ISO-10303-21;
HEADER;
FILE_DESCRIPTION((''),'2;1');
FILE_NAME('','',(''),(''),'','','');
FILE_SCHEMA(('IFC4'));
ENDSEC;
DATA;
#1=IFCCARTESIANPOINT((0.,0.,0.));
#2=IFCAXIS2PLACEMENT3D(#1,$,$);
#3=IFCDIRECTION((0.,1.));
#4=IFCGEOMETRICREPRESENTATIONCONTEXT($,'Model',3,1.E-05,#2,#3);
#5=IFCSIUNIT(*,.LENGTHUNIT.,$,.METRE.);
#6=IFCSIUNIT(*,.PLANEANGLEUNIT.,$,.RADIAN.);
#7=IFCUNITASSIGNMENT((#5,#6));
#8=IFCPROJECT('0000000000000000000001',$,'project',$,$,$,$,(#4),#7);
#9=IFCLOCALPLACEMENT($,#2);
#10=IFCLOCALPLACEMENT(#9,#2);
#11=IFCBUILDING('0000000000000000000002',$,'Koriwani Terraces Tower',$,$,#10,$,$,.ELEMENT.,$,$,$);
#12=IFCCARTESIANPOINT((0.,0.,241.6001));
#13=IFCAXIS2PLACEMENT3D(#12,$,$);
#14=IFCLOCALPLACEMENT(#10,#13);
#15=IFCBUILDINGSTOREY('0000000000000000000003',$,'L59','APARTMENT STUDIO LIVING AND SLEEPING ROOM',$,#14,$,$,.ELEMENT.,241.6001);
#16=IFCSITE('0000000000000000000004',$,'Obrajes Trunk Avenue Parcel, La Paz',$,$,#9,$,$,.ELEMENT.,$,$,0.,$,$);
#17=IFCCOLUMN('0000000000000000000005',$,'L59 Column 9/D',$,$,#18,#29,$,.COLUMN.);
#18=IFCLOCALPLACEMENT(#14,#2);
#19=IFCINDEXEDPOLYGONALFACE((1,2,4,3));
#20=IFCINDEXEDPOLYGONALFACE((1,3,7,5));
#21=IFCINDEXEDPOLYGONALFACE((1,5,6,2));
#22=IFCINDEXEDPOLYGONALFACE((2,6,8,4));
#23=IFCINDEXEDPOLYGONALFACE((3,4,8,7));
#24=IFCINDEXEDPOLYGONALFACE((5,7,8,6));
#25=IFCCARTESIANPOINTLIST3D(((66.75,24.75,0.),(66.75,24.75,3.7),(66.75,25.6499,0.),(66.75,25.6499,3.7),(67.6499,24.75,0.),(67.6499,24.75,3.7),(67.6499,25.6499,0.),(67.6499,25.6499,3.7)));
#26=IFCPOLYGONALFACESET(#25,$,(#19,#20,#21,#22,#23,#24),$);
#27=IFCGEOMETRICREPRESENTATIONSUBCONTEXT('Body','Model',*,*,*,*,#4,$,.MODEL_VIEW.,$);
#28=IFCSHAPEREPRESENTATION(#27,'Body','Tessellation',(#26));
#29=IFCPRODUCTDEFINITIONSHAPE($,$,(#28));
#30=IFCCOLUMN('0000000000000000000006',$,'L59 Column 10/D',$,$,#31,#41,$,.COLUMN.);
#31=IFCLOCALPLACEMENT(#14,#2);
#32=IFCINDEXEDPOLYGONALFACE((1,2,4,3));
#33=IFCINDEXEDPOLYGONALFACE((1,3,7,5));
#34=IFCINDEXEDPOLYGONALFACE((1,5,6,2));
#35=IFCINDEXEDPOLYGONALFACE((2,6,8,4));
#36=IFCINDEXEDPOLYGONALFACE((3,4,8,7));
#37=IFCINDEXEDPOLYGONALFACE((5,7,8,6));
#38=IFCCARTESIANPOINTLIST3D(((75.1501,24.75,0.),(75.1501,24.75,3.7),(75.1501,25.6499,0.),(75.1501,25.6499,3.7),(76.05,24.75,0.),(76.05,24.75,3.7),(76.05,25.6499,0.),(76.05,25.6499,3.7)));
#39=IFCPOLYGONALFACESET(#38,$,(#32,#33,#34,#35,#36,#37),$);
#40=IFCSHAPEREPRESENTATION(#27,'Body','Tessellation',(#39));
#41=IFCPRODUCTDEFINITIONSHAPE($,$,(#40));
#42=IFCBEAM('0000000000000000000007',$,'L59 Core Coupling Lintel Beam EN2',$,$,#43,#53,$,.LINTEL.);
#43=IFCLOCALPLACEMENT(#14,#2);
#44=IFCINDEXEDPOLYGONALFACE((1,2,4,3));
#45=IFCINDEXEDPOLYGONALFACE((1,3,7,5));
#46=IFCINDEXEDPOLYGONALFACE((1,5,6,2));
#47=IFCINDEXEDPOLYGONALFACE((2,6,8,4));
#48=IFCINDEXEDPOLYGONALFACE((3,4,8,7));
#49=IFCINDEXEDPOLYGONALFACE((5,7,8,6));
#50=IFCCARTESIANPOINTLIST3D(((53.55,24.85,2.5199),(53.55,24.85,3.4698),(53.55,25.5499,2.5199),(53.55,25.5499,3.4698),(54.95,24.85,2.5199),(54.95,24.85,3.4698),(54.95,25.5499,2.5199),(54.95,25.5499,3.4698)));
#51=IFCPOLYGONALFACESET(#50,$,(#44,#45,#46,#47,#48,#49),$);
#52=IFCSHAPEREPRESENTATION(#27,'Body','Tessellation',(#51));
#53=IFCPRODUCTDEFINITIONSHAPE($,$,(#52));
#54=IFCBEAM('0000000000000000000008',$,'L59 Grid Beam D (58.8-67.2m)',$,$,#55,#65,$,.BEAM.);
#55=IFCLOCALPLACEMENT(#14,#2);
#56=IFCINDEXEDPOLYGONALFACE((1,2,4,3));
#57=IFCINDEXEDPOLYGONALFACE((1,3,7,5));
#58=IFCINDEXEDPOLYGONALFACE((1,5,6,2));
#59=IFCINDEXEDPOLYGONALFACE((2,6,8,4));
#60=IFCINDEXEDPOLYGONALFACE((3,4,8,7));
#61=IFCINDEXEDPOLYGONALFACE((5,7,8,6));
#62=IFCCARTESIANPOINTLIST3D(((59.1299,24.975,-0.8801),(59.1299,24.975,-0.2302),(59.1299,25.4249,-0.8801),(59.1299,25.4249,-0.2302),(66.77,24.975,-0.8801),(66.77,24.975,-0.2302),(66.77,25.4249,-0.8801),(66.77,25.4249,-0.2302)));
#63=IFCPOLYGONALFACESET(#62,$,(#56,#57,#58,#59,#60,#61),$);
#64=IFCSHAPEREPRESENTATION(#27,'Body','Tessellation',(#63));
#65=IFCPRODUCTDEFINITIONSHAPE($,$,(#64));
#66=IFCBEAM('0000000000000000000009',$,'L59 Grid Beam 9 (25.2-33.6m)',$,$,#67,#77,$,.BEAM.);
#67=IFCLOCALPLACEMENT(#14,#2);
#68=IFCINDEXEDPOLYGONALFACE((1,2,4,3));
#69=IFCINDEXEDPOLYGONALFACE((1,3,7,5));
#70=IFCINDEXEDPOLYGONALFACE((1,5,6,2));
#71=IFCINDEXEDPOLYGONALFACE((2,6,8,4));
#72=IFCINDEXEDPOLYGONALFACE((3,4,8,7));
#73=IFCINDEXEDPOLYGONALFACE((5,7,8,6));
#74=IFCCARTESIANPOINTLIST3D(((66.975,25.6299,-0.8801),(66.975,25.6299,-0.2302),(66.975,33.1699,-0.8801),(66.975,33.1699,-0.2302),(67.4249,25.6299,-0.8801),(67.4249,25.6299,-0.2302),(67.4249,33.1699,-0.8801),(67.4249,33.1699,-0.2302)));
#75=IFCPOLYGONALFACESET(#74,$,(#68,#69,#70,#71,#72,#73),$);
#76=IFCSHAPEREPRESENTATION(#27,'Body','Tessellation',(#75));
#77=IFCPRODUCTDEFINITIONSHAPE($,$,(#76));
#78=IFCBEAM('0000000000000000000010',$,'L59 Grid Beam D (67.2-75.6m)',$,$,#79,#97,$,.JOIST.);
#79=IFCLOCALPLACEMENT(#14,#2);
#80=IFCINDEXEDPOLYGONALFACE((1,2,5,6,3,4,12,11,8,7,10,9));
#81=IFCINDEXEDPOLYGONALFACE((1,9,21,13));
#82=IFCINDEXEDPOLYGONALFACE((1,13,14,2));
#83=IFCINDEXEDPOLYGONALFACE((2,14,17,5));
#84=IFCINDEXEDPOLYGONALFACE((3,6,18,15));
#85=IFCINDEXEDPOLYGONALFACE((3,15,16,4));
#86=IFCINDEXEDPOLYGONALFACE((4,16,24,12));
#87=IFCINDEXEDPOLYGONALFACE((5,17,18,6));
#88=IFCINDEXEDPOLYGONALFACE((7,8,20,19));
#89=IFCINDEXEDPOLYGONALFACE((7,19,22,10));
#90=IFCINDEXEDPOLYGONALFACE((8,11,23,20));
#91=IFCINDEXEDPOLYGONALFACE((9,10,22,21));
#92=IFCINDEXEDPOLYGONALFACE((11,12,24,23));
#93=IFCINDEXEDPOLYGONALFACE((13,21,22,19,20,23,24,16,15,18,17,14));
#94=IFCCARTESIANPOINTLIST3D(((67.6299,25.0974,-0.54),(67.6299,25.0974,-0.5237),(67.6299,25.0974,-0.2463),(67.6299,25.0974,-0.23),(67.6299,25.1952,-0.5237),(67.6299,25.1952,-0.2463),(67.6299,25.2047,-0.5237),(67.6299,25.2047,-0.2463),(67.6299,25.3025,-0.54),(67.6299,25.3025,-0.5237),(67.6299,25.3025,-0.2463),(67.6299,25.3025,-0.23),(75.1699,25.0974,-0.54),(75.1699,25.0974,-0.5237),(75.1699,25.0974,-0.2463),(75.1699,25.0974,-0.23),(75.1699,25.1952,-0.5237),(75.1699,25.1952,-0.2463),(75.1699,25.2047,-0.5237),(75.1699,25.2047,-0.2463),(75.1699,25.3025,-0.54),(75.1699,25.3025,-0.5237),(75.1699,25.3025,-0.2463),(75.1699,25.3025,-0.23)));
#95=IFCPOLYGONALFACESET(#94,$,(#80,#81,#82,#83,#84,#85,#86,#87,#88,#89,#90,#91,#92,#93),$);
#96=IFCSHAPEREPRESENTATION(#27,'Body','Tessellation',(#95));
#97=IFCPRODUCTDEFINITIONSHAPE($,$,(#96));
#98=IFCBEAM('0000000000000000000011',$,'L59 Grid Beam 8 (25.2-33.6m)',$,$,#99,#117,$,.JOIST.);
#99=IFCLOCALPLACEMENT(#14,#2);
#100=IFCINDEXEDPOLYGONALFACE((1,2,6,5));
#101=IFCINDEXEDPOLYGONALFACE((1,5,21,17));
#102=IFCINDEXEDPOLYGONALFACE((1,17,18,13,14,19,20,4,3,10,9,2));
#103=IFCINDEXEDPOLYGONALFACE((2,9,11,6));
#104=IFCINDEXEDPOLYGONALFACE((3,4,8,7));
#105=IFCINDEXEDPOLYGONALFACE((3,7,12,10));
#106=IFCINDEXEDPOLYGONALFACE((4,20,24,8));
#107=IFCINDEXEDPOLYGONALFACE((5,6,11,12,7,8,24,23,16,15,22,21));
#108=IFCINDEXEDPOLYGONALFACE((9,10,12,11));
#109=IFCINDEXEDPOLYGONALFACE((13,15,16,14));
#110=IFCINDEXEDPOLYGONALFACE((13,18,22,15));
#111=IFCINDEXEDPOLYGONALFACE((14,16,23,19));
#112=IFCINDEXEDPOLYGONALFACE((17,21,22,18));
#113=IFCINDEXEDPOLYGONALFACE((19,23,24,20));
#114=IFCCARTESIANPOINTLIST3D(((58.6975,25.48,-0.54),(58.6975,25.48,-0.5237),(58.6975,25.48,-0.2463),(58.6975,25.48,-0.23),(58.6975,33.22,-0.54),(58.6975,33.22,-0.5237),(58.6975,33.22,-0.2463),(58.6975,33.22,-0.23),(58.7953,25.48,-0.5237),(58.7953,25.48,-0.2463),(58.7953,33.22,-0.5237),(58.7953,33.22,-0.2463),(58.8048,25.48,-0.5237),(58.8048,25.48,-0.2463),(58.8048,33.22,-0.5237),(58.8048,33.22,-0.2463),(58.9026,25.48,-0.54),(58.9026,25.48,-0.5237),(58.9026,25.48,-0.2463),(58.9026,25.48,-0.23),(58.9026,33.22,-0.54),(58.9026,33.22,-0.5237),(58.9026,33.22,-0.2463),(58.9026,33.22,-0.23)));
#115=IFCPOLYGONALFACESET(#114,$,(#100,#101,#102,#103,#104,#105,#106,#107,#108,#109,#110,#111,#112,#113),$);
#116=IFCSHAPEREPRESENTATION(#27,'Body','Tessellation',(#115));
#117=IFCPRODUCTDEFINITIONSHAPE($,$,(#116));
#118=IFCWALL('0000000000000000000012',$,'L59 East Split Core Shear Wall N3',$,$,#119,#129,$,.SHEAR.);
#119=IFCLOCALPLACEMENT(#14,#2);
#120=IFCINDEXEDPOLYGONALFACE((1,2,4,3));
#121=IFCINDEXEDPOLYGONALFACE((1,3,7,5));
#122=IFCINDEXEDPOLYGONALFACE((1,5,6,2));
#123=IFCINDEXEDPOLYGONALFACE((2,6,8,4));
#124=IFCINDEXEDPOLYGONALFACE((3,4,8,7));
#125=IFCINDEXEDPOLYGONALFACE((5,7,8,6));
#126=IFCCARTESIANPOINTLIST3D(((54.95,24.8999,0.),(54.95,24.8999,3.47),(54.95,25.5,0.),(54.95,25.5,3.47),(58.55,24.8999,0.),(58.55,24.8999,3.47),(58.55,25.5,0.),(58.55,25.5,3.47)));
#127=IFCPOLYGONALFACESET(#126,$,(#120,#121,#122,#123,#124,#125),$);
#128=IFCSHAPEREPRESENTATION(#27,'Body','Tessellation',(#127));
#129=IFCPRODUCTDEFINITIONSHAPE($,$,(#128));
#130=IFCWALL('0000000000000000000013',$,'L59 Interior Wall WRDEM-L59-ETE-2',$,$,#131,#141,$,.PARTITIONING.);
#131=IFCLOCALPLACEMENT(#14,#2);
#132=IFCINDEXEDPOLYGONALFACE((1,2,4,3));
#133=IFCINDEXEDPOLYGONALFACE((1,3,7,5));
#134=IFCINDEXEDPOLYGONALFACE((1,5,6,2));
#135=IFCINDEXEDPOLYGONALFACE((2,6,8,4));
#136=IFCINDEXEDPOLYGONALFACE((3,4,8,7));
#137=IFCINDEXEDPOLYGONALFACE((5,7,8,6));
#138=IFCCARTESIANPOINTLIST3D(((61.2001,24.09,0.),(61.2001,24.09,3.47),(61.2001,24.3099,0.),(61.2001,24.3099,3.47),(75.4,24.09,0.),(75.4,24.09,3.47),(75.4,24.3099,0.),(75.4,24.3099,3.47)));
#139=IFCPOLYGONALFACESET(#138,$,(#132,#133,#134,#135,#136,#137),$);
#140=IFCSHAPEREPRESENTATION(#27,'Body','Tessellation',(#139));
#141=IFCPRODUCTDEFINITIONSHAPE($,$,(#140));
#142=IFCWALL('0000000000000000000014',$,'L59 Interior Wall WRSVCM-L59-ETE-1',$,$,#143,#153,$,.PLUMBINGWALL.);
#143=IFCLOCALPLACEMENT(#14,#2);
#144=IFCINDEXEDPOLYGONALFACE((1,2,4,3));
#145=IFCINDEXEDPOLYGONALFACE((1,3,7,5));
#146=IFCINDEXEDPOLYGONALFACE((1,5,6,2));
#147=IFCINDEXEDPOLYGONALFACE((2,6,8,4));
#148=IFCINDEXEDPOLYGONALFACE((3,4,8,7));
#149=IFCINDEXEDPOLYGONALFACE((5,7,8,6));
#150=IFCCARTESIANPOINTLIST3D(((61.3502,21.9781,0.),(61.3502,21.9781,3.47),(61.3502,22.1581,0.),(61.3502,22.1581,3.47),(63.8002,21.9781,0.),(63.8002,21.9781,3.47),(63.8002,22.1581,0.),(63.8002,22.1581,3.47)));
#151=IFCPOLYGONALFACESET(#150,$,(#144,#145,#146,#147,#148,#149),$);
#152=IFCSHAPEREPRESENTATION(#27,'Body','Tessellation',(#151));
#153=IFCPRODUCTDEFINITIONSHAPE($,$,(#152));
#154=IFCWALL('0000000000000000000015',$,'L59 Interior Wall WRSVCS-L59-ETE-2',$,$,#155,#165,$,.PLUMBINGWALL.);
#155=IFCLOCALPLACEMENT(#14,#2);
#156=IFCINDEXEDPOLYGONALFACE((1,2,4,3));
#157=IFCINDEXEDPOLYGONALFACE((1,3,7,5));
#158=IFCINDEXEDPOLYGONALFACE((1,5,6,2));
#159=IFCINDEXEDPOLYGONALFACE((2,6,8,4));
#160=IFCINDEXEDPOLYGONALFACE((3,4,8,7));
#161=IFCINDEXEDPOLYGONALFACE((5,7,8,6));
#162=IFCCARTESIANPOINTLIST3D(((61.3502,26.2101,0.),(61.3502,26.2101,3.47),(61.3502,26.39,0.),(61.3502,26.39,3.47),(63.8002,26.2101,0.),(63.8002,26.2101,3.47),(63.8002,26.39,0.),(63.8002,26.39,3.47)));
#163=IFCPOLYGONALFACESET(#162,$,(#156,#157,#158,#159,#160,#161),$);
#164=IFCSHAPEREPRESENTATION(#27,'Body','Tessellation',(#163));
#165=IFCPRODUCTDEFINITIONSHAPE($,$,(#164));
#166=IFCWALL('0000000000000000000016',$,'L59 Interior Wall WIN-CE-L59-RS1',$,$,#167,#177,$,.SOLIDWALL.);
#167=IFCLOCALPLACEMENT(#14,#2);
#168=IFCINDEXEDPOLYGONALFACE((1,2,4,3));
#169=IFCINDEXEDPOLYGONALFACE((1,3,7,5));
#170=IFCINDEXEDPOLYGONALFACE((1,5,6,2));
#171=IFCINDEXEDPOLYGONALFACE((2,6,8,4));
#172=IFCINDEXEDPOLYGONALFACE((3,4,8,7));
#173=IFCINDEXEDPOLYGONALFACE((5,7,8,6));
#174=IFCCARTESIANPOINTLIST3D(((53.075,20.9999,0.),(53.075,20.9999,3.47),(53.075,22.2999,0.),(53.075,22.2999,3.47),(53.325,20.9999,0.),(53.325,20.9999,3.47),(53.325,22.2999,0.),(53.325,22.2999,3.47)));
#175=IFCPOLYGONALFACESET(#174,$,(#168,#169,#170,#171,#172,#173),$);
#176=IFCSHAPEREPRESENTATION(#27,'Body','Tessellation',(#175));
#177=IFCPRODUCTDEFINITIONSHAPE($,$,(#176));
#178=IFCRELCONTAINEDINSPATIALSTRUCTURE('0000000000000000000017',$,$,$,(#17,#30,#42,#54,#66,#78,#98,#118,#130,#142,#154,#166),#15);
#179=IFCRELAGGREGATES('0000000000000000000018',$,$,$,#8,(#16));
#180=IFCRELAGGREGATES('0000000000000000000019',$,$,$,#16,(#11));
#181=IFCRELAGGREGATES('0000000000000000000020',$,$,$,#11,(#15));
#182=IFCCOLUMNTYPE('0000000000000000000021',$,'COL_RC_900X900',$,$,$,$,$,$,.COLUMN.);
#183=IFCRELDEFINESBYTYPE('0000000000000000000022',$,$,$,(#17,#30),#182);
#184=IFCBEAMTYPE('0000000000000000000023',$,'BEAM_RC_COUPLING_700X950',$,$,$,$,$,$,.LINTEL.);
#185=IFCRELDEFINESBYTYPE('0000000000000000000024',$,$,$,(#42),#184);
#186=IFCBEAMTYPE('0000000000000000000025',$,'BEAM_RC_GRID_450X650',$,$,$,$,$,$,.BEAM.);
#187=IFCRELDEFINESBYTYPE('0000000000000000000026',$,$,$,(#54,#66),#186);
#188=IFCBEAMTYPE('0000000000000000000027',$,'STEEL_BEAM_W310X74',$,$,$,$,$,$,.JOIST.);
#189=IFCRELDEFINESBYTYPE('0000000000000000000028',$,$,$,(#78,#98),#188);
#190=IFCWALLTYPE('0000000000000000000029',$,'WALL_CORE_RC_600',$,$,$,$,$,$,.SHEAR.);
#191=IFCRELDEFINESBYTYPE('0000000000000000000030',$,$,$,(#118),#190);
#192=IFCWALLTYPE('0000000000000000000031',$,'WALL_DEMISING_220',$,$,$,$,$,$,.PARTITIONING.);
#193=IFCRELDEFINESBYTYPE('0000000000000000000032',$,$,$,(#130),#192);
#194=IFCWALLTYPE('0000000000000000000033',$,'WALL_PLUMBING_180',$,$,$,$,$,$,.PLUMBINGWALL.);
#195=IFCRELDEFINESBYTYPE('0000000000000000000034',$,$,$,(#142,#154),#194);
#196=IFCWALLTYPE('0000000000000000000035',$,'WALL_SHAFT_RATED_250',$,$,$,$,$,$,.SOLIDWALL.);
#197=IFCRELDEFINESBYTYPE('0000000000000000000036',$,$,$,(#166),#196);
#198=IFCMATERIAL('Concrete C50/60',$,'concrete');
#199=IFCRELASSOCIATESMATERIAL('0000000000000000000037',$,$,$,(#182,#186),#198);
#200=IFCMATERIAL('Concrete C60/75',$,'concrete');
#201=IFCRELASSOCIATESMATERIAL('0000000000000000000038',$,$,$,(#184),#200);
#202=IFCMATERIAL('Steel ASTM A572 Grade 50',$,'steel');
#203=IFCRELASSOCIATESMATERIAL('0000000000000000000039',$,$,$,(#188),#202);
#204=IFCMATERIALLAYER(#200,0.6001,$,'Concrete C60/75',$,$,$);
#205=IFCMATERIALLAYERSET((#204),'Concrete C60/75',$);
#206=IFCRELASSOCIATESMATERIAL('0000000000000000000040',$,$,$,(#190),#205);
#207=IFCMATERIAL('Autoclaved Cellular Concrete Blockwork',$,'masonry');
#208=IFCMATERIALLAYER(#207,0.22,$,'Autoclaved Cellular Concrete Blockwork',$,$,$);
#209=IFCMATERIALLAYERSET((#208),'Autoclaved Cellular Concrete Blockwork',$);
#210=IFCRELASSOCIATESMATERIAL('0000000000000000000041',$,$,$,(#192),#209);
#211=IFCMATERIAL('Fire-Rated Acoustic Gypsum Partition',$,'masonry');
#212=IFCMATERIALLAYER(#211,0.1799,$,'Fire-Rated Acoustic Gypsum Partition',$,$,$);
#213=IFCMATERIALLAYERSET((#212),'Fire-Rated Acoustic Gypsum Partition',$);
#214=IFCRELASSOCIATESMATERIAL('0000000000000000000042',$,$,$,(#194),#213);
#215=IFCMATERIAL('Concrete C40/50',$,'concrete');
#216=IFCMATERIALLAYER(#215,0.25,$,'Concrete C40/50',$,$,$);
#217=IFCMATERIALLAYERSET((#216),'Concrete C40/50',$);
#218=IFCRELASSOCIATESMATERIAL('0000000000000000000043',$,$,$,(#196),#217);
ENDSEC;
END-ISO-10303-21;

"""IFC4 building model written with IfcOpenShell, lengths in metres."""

from ifc_helpers import new_model, si_unit, direction, frame, frame_2d, origin, origin_2d, place, context, subcontext, project, spatial, rectangle, i_section, extrude, material, layer, layer_set, material_profile, profile_set, type_object, element, save


model = new_model("IFC4")

# Units and contexts
model_context = context("Model", 3, precision=1e-05, world=origin(), true_north=direction((0.0, 1.0)))
body_context = subcontext(model_context, "Body", "Model", "MODEL_VIEW")
ifc_project = project(units=[si_unit("LENGTHUNIT", "METRE"), si_unit("PLANEANGLEUNIT", "RADIAN")], contexts=[model_context])

# Site, building, storey
site_placement = place(None, origin())
site = spatial("IfcSite", under=ifc_project, at=site_placement, Name="Obrajes Trunk Avenue Parcel, La Paz", CompositionType="ELEMENT", RefElevation=0.0)
building_placement = place(site_placement, origin())
building = spatial("IfcBuilding", under=site, at=building_placement, Name="Koriwani Terraces Tower", CompositionType="ELEMENT")
storey_placement = place(building_placement, frame((0.0, 0.0, 241.6001)))
storey = spatial("IfcBuildingStorey", under=building, at=storey_placement, Name="L59", Description="APARTMENT STUDIO LIVING AND SLEEPING ROOM", CompositionType="ELEMENT", Elevation=241.6001)

# Columns
ifc_material_1 = material(Name="Concrete C50/60", Category="concrete")
ifc_material_profile_1 = material_profile(ifc_material_1, rectangle(XDim=0.8999, YDim=0.8999, at=origin_2d()), Name="Concrete C50/60", Category="LoadBearing")
ifc_profile_set_1 = profile_set([ifc_material_profile_1], Name="Concrete C50/60")
column_type = type_object("IfcColumnType", Name="COL_RC_900X900", PredefinedType="COLUMN", material=ifc_profile_set_1)
for number, where, z_axis, x_axis, name in (
    (1, (67.2, 25.2, 0.0), (0.0, 0.0, 1.0), (1.0, 0.0, 0.0), "L59 Column 9/D"),
    (2, (75.6001, 25.2, 0.0), (0.0, 0.0, 1.0), (1.0, 0.0, 0.0), "L59 Column 10/D"),
):
    element("IfcColumn", number, at=place(storey_placement, frame(where, z_axis=z_axis, x_axis=x_axis)), inside=storey, type_object=column_type, Name=name, PredefinedType="COLUMN", context=body_context, shape_type="SweptSolid", body=[
        extrude(rectangle(XDim=0.8999, YDim=0.8999, at=origin_2d()), origin(), (0.0, 0.0, 1.0), 3.7),
    ])

# Beams
ifc_material_2 = material(Name="Concrete C60/75", Category="concrete")
ifc_material_profile_2 = material_profile(ifc_material_2, rectangle(XDim=0.7, YDim=0.95, at=origin_2d()), Name="Concrete C60/75", Category="LoadBearing")
ifc_profile_set_2 = profile_set([ifc_material_profile_2], Name="Concrete C60/75")
beam_type_1 = type_object("IfcBeamType", Name="BEAM_RC_COUPLING_700X950", PredefinedType="LINTEL", material=ifc_profile_set_2)
beam_1_placement = place(storey_placement, frame((53.55, 25.2, 2.9949), z_axis=(1.0, 0.0, 0.0), x_axis=(0.0, 1.0, 0.0)))
element("IfcBeam", 3, at=beam_1_placement, inside=storey, type_object=beam_type_1, Name="L59 Core Coupling Lintel Beam EN2", PredefinedType="LINTEL", context=body_context, shape_type="SweptSolid", body=[
    extrude(rectangle(XDim=0.7, YDim=0.95, at=origin_2d()), origin(), (0.0, 0.0, 1.0), 1.3999),
])
ifc_material_profile_3 = material_profile(ifc_material_1, rectangle(XDim=0.45, YDim=0.6499, at=origin_2d()), Name="Concrete C50/60", Category="LoadBearing")
ifc_profile_set_3 = profile_set([ifc_material_profile_3], Name="Concrete C50/60")
beam_type_2 = type_object("IfcBeamType", Name="BEAM_RC_GRID_450X650", PredefinedType="BEAM", material=ifc_profile_set_3)
beam_2_placement = place(storey_placement, frame((59.1299, 25.2, -0.5552), z_axis=(1.0, 0.0, 0.0), x_axis=(0.0, 1.0, 0.0)))
element("IfcBeam", 4, at=beam_2_placement, inside=storey, type_object=beam_type_2, Name="L59 Grid Beam D (58.8-67.2m)", PredefinedType="BEAM", context=body_context, shape_type="SweptSolid", body=[
    extrude(rectangle(XDim=0.45, YDim=0.6499, at=origin_2d()), origin(), (0.0, 0.0, 1.0), 7.6401),
])
beam_3_placement = place(storey_placement, frame((67.2, 25.6299, -0.5552), z_axis=(0.0, 1.0, 0.0), x_axis=(-1.0, 0.0, 0.0)))
element("IfcBeam", 5, at=beam_3_placement, inside=storey, type_object=beam_type_2, Name="L59 Grid Beam 9 (25.2-33.6m)", PredefinedType="BEAM", context=body_context, shape_type="SweptSolid", body=[
    extrude(rectangle(XDim=0.45, YDim=0.6499, at=origin_2d()), origin(), (0.0, 0.0, 1.0), 7.54),
])
ifc_material_3 = material(Name="Steel ASTM A572 Grade 50", Category="steel")
ifc_material_profile_4 = material_profile(ifc_material_3, i_section(OverallWidth=0.2051, OverallDepth=0.3101, WebThickness=0.0095, FlangeThickness=0.0164, at=origin_2d()), Name="Steel ASTM A572 Grade 50", Category="LoadBearing")
ifc_profile_set_4 = profile_set([ifc_material_profile_4], Name="Steel ASTM A572 Grade 50")
beam_type_3 = type_object("IfcBeamType", Name="STEEL_BEAM_W310X74", PredefinedType="JOIST", material=ifc_profile_set_4)
beam_4_placement = place(storey_placement, frame((67.6299, 25.2, -0.385), z_axis=(1.0, 0.0, 0.0), x_axis=(0.0, 1.0, 0.0)))
element("IfcBeam", 6, at=beam_4_placement, inside=storey, type_object=beam_type_3, Name="L59 Grid Beam D (67.2-75.6m)", PredefinedType="JOIST", context=body_context, shape_type="SweptSolid", body=[
    extrude(i_section(OverallWidth=0.2051, OverallDepth=0.3101, WebThickness=0.0095, FlangeThickness=0.0164, at=origin_2d()), origin(), (0.0, 0.0, 1.0), 7.54),
])
beam_5_placement = place(storey_placement, frame((58.8, 25.48, -0.385), z_axis=(0.0, 1.0, 0.0), x_axis=(-1.0, 0.0, 0.0)))
element("IfcBeam", 7, at=beam_5_placement, inside=storey, type_object=beam_type_3, Name="L59 Grid Beam 8 (25.2-33.6m)", PredefinedType="JOIST", context=body_context, shape_type="SweptSolid", body=[
    extrude(i_section(OverallWidth=0.2051, OverallDepth=0.3101, WebThickness=0.0095, FlangeThickness=0.0164, at=origin_2d()), origin(), (0.0, 0.0, 1.0), 7.74),
])

# Walls
ifc_layer_1 = layer(ifc_material_2, 0.6001, Name="Concrete C60/75")
ifc_layer_set_1 = layer_set([ifc_layer_1], Name="Concrete C60/75")
wall_type_1 = type_object("IfcWallType", Name="WALL_CORE_RC_600", PredefinedType="SHEAR", material=ifc_layer_set_1)
wall_1_placement = place(storey_placement, frame((54.95, 25.2, 0.0), z_axis=(0.0, 0.0, 1.0), x_axis=(1.0, 0.0, 0.0)))
element("IfcWall", 8, at=wall_1_placement, inside=storey, type_object=wall_type_1, Name="L59 East Split Core Shear Wall N3", PredefinedType="SHEAR", context=body_context, shape_type="SweptSolid", body=[
    extrude(rectangle(XDim=3.6001, YDim=0.6001, at=frame_2d((1.8, 0.0))), origin(), (0.0, 0.0, 1.0), 3.47),
])
ifc_material_4 = material(Name="Autoclaved Cellular Concrete Blockwork", Category="masonry")
ifc_layer_2 = layer(ifc_material_4, 0.22, Name="Autoclaved Cellular Concrete Blockwork")
ifc_layer_set_2 = layer_set([ifc_layer_2], Name="Autoclaved Cellular Concrete Blockwork")
wall_type_2 = type_object("IfcWallType", Name="WALL_DEMISING_220", PredefinedType="PARTITIONING", material=ifc_layer_set_2)
wall_2_placement = place(storey_placement, frame((61.2, 24.2, 0.0), z_axis=(0.0, 0.0, 1.0), x_axis=(1.0, 0.0, 0.0)))
element("IfcWall", 9, at=wall_2_placement, inside=storey, type_object=wall_type_2, Name="L59 Interior Wall WRDEM-L59-ETE-2", PredefinedType="PARTITIONING", context=body_context, shape_type="SweptSolid", body=[
    extrude(rectangle(XDim=14.2, YDim=0.22, at=frame_2d((7.1001, 0.0))), origin(), (0.0, 0.0, 1.0), 3.47),
])
ifc_material_5 = material(Name="Fire-Rated Acoustic Gypsum Partition", Category="masonry")
ifc_layer_3 = layer(ifc_material_5, 0.1799, Name="Fire-Rated Acoustic Gypsum Partition")
ifc_layer_set_3 = layer_set([ifc_layer_3], Name="Fire-Rated Acoustic Gypsum Partition")
wall_type_3 = type_object("IfcWallType", Name="WALL_PLUMBING_180", PredefinedType="PLUMBINGWALL", material=ifc_layer_set_3)
for number, where, z_axis, x_axis, name in (
    (10, (61.3501, 22.0681, 0.0), (0.0, 0.0, 1.0), (1.0, 0.0, 0.0), "L59 Interior Wall WRSVCM-L59-ETE-1"),
    (11, (61.3501, 26.3, 0.0), (0.0, 0.0, 1.0), (1.0, 0.0, 0.0), "L59 Interior Wall WRSVCS-L59-ETE-2"),
):
    element("IfcWall", number, at=place(storey_placement, frame(where, z_axis=z_axis, x_axis=x_axis)), inside=storey, type_object=wall_type_3, Name=name, PredefinedType="PLUMBINGWALL", context=body_context, shape_type="SweptSolid", body=[
        extrude(rectangle(XDim=2.45, YDim=0.1799, at=frame_2d((1.2251, 0.0))), origin(), (0.0, 0.0, 1.0), 3.47),
    ])

# Shared definitions
ifc_material_6 = material(Name="Concrete C40/50", Category="concrete")
ifc_layer_4 = layer(ifc_material_6, 0.25, Name="Concrete C40/50")
ifc_layer_set_4 = layer_set([ifc_layer_4], Name="Concrete C40/50")
wall_type_4 = type_object("IfcWallType", Name="WALL_SHAFT_RATED_250", PredefinedType="SOLIDWALL", material=ifc_layer_set_4)

# Wall
wall_3_placement = place(storey_placement, frame((53.2, 21.0, 0.0), z_axis=(0.0, 0.0, 1.0), x_axis=(0.0, 1.0, 0.0)))
element("IfcWall", 12, at=wall_3_placement, inside=storey, type_object=wall_type_4, Name="L59 Interior Wall WIN-CE-L59-RS1", PredefinedType="SOLIDWALL", context=body_context, shape_type="SweptSolid", body=[
    extrude(rectangle(XDim=1.3, YDim=0.25, at=frame_2d((0.6499, 0.0))), origin(), (0.0, 0.0, 1.0), 3.47),
])

save(model, "model.ifc")
